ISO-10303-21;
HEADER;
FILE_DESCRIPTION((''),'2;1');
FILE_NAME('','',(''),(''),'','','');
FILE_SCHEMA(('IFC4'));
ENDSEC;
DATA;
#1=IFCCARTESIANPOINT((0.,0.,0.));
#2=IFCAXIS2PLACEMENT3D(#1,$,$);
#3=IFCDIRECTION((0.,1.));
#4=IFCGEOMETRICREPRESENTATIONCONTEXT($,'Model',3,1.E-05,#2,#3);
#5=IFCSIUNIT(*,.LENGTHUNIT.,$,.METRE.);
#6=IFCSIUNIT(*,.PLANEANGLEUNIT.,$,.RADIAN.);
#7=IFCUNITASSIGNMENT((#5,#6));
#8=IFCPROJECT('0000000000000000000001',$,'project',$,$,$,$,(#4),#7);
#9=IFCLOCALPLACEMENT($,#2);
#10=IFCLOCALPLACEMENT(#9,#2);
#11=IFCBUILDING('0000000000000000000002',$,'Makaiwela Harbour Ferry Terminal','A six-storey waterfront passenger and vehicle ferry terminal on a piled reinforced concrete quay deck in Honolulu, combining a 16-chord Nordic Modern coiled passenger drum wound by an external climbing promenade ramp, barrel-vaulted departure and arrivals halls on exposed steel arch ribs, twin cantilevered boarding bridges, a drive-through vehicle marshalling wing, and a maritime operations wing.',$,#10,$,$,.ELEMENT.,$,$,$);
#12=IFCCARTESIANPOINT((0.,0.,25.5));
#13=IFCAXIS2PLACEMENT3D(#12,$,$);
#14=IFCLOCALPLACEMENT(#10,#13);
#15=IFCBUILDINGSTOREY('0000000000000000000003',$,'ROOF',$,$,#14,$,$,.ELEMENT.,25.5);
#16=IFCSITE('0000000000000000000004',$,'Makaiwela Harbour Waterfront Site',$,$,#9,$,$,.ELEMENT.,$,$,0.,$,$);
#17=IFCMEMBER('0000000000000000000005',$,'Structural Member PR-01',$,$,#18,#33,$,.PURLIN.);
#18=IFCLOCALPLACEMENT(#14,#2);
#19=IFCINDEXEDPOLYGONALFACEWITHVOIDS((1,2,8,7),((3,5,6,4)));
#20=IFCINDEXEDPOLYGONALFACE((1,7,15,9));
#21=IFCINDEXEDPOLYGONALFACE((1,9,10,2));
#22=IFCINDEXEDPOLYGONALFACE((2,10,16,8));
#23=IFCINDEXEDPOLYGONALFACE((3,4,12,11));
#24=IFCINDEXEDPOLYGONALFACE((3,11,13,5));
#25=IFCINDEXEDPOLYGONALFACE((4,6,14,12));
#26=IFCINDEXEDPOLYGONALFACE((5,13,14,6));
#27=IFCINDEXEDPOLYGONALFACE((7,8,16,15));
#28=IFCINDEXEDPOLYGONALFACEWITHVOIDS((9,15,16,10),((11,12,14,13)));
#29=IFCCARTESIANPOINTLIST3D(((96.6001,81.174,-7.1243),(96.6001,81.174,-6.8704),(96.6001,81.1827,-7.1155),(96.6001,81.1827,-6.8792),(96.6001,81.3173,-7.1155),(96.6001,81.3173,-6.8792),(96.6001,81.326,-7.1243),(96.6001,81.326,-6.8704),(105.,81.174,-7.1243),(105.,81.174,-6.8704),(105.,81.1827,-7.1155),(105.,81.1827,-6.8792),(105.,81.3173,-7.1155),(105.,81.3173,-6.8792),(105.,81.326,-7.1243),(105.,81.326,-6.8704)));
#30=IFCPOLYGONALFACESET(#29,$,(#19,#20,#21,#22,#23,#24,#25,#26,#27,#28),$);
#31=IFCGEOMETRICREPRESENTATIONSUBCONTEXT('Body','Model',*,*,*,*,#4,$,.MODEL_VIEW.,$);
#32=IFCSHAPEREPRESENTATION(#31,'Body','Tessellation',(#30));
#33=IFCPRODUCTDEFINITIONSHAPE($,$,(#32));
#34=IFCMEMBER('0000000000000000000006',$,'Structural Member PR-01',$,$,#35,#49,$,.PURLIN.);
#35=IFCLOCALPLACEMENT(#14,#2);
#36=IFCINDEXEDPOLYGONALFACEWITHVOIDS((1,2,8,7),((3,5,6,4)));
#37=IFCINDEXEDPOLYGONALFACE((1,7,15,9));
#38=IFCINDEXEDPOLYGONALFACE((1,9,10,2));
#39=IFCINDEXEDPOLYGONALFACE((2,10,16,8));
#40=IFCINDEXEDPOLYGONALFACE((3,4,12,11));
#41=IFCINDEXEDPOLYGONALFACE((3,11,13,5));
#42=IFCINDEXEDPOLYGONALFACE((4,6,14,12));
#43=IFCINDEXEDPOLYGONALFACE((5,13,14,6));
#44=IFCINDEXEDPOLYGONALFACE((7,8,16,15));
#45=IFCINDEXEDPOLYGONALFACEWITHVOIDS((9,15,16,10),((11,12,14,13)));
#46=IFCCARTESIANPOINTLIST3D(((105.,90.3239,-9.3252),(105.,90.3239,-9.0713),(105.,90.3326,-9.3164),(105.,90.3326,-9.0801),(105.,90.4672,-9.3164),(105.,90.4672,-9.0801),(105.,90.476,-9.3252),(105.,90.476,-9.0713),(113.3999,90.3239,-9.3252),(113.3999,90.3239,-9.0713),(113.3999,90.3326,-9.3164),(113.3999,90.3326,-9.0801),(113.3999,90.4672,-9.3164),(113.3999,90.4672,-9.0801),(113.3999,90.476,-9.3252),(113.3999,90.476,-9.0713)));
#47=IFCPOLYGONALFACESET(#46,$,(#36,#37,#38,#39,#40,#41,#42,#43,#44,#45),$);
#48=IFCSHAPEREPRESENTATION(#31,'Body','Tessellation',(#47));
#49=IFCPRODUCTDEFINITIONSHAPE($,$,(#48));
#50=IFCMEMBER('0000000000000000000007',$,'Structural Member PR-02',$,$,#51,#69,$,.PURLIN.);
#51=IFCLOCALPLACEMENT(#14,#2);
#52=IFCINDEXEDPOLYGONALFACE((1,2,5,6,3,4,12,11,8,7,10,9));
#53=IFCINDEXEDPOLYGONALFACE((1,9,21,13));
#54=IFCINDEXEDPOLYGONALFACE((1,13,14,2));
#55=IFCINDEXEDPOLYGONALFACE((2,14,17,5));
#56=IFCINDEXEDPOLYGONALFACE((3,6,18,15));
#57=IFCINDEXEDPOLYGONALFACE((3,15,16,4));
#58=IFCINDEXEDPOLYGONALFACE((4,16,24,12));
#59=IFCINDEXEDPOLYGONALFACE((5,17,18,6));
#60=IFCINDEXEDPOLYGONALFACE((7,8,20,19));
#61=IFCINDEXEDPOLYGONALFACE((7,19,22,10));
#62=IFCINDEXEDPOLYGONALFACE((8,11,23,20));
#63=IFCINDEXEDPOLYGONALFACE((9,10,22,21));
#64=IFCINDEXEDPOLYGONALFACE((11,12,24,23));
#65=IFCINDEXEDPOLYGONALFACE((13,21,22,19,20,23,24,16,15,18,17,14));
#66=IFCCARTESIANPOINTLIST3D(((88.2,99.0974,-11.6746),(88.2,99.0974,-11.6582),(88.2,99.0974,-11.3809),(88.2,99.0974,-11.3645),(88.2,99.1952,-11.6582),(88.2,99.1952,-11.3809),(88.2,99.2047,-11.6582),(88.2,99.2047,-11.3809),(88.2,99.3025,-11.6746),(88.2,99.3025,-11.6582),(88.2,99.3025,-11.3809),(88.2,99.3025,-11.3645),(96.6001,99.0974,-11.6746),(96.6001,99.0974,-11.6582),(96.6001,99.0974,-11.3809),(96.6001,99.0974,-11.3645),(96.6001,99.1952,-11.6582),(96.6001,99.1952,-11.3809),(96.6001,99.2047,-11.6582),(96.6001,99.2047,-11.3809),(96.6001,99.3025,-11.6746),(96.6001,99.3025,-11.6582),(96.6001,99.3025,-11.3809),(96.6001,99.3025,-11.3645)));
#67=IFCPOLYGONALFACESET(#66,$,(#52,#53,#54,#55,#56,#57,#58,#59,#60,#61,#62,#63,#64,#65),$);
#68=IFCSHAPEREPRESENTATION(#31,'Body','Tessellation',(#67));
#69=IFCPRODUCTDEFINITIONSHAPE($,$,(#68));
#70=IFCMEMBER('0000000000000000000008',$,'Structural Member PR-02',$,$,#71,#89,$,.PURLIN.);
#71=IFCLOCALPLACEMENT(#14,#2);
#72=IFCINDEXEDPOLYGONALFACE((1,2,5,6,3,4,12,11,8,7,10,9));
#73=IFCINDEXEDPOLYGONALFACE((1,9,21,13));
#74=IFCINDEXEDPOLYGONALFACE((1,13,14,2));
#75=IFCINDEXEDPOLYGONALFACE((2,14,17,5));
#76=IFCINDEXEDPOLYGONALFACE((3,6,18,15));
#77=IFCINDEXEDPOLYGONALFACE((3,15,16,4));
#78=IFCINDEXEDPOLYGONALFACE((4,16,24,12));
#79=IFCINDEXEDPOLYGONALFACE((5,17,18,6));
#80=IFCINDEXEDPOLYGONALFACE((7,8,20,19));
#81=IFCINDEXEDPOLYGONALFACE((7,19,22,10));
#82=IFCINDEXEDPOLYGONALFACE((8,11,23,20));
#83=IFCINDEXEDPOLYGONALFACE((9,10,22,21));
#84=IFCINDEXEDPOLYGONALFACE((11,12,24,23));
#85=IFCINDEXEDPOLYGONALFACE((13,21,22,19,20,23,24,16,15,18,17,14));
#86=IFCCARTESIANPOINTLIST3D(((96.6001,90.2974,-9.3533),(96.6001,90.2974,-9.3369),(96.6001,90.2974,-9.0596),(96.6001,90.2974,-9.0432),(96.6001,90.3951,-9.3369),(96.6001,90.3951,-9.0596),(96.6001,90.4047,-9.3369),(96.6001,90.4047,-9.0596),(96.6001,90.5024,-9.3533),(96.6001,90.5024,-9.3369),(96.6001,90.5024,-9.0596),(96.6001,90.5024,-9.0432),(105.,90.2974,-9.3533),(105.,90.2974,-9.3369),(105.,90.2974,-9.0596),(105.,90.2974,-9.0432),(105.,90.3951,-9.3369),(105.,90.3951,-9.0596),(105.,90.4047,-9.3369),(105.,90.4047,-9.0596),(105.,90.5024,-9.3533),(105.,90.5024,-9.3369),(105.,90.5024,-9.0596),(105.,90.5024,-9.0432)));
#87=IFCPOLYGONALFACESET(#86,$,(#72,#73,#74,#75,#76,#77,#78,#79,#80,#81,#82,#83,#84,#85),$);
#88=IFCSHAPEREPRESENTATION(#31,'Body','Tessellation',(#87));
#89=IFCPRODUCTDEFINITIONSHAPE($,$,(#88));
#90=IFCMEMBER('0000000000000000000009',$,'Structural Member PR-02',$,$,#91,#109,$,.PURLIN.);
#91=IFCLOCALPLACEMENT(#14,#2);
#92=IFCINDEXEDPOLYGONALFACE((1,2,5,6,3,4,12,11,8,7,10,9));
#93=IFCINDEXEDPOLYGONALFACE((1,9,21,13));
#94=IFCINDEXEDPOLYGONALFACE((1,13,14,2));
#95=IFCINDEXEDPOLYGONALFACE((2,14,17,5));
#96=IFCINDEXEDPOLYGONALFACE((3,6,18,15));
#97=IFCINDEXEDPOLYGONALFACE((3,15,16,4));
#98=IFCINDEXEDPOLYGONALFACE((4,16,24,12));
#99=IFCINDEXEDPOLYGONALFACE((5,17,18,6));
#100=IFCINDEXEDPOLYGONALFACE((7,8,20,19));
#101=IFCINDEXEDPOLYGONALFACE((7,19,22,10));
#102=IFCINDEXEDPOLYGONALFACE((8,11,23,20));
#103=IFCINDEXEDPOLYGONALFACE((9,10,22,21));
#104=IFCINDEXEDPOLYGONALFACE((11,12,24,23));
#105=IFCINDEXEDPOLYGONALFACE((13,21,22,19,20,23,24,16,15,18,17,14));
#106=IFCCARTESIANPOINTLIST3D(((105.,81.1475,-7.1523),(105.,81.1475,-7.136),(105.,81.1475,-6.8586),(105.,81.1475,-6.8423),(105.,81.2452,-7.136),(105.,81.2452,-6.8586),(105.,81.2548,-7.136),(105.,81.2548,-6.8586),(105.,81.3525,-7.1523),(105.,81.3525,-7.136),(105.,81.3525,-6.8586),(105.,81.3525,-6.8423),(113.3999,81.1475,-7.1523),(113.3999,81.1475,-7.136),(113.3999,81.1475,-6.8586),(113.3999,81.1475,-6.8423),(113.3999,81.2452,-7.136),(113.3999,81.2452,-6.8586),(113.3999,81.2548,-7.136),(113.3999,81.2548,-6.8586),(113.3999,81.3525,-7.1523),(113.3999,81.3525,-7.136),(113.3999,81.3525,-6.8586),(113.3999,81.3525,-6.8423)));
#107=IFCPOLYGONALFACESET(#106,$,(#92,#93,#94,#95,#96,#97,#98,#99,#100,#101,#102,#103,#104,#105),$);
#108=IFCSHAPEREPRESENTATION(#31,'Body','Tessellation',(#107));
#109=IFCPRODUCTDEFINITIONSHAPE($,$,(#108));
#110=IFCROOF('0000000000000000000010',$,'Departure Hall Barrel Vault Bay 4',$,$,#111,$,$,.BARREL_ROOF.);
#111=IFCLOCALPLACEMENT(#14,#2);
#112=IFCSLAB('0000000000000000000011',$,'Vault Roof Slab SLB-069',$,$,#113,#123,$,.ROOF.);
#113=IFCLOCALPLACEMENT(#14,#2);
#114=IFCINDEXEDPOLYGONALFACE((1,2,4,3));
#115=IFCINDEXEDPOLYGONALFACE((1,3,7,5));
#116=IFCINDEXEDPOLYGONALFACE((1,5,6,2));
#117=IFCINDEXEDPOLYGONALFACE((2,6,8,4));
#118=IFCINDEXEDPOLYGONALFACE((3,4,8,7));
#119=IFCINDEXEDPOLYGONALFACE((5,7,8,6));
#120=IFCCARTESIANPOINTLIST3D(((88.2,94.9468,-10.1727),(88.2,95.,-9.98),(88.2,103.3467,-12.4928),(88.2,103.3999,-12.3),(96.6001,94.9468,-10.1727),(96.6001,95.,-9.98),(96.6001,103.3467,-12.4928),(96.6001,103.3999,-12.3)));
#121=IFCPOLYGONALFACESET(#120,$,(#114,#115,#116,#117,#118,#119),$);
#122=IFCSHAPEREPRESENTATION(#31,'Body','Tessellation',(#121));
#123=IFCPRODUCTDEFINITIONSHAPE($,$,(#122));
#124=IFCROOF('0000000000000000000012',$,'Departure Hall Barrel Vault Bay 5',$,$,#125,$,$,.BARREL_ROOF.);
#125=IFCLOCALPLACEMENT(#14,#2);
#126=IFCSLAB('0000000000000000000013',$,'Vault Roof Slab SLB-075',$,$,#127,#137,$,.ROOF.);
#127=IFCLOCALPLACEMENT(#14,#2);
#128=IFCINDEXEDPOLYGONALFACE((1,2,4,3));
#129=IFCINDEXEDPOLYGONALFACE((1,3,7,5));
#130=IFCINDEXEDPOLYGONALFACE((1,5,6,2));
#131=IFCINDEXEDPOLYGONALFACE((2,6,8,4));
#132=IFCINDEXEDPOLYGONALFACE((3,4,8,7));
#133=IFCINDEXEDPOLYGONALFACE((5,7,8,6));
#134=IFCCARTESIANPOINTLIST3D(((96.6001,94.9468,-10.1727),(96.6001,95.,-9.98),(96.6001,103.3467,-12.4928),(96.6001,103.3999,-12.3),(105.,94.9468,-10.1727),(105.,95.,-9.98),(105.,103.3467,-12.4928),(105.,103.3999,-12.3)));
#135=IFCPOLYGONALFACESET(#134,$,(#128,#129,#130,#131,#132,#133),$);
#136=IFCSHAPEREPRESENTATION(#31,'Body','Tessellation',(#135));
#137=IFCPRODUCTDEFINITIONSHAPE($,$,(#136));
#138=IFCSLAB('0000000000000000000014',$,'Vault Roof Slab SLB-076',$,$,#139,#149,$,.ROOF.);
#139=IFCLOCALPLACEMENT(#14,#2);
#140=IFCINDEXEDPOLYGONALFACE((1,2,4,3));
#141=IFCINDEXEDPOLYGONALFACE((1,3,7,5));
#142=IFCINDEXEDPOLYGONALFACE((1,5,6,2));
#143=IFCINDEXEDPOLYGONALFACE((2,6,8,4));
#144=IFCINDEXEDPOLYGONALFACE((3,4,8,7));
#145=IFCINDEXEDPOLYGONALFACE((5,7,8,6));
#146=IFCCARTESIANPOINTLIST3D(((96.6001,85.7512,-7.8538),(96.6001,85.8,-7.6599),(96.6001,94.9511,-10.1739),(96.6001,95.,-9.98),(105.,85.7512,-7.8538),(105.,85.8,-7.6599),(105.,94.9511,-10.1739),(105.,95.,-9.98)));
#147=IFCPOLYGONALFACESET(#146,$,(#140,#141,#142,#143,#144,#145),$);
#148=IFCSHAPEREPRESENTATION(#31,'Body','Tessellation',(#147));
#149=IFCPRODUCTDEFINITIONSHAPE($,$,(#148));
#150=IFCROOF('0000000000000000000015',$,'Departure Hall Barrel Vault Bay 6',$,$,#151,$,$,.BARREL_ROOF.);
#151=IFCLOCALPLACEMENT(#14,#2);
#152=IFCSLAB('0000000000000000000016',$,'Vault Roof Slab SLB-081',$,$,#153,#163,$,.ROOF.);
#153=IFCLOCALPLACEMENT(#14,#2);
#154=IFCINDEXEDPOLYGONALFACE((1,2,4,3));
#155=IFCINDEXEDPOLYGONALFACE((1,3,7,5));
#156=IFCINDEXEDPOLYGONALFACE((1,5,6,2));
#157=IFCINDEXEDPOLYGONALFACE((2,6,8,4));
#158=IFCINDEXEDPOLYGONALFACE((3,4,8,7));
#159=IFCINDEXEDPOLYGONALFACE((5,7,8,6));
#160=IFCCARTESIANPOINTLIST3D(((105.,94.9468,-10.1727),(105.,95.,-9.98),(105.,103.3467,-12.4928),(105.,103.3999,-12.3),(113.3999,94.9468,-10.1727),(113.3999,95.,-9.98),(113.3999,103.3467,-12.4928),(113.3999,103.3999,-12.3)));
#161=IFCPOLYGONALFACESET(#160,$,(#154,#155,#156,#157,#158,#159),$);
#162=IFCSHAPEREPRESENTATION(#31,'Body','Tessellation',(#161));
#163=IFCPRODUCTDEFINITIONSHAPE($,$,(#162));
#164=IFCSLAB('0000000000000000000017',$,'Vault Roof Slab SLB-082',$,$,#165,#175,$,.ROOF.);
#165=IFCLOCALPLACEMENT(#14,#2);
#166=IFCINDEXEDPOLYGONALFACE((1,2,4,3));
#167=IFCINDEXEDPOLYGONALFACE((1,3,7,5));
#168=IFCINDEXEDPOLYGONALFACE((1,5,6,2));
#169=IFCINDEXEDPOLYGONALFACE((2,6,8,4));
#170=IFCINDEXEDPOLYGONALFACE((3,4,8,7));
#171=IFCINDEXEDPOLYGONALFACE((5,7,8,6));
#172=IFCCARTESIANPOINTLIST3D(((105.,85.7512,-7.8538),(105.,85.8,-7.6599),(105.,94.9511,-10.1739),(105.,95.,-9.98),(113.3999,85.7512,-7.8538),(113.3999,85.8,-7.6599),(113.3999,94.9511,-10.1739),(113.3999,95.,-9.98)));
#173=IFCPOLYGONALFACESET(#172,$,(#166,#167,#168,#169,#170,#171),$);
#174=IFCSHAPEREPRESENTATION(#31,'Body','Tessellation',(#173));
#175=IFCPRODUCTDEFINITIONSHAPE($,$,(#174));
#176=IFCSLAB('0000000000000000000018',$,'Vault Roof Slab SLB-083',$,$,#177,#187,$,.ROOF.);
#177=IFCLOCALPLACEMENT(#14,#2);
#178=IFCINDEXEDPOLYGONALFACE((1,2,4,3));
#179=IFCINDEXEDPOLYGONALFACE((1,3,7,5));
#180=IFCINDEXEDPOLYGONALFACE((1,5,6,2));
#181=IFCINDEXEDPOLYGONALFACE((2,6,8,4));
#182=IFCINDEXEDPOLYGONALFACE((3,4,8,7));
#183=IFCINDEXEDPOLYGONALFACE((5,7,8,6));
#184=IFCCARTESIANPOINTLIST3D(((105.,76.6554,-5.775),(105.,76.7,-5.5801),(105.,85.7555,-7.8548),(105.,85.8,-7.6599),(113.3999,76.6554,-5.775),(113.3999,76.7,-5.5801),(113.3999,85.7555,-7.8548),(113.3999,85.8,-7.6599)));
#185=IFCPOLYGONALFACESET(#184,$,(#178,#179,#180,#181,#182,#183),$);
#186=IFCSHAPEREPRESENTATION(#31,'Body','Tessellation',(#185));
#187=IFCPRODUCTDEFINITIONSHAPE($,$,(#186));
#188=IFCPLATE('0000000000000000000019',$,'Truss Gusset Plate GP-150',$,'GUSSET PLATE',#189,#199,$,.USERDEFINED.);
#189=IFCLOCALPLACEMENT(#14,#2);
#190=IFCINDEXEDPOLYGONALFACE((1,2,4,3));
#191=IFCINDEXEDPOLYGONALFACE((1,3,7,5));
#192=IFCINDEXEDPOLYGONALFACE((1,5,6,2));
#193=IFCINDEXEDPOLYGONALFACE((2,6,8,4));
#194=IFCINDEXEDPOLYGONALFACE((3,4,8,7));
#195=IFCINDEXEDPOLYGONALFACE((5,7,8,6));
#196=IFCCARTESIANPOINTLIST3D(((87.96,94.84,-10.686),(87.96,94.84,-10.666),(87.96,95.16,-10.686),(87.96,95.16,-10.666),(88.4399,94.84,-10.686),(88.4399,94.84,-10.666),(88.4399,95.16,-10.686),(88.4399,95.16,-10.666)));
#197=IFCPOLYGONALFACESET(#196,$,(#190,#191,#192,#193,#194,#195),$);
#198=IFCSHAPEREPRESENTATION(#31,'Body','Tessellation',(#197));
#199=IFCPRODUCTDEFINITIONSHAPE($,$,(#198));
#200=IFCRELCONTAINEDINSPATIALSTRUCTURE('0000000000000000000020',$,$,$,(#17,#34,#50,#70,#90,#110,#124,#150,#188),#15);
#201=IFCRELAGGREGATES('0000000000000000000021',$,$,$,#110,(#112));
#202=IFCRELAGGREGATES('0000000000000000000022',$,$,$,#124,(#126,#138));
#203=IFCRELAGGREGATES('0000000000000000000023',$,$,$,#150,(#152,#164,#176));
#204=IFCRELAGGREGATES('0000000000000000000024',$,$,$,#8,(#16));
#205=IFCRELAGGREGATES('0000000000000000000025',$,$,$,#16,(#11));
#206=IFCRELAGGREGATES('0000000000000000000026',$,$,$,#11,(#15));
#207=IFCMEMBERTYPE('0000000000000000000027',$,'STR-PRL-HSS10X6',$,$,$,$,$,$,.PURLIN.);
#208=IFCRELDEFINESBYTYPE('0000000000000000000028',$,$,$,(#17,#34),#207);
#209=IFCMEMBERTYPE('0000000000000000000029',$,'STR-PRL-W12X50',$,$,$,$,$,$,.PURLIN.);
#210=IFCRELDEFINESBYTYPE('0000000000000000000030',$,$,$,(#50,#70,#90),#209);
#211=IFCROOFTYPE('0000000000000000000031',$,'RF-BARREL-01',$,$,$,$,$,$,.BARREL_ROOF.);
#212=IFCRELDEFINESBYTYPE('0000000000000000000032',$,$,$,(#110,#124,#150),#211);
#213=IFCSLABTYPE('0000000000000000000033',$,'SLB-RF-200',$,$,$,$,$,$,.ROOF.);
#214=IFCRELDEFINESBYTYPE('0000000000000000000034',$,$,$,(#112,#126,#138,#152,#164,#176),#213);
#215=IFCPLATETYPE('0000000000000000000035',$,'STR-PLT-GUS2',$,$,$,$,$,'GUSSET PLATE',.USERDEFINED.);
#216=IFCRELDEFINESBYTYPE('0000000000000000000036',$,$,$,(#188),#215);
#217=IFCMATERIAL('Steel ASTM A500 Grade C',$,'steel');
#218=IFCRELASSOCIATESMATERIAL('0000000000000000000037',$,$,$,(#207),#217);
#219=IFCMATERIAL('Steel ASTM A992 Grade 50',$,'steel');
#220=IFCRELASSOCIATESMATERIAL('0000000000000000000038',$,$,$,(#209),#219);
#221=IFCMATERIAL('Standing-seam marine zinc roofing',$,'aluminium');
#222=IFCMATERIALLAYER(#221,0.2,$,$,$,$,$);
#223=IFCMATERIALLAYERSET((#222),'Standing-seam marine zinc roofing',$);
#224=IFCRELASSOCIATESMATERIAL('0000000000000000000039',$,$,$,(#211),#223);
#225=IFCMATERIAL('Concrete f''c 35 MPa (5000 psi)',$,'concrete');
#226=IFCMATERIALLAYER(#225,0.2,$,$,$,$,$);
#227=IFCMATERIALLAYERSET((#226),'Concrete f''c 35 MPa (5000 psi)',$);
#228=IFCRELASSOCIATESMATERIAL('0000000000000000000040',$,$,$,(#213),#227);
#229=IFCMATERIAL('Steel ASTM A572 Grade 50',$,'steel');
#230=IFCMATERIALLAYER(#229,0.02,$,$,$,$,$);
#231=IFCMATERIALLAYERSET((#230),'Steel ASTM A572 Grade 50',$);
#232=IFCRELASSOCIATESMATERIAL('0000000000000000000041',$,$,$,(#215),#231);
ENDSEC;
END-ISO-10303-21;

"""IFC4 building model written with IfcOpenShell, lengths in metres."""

from ifc_helpers import new_model, si_unit, direction, frame, origin, origin_2d, place, context, subcontext, project, spatial, polyline, rectangle, hollow_rectangle, i_section, outline, extrude, material, layer, layer_set, material_profile, profile_set, type_object, element, aggregate, save


model = new_model("IFC4")

# Units and contexts
model_context = context("Model", 3, precision=1e-05, world=origin(), true_north=direction((0.0, 1.0)))
body_context = subcontext(model_context, "Body", "Model", "MODEL_VIEW")
ifc_project = project(units=[si_unit("LENGTHUNIT", "METRE"), si_unit("PLANEANGLEUNIT", "RADIAN")], contexts=[model_context])

# Site, building, storey
site_placement = place(None, origin())
site = spatial("IfcSite", under=ifc_project, at=site_placement, Name="Makaiwela Harbour Waterfront Site", CompositionType="ELEMENT", RefElevation=0.0)
building_placement = place(site_placement, origin())
building = spatial("IfcBuilding", under=site, at=building_placement, Name="Makaiwela Harbour Ferry Terminal", Description="A six-storey waterfront passenger and vehicle ferry terminal on a piled reinforced concrete quay deck in Honolulu, combining a 16-chord Nordic Modern coiled passenger drum wound by an external climbing promenade ramp, barrel-vaulted departure and arrivals halls on exposed steel arch ribs, twin cantilevered boarding bridges, a drive-through vehicle marshalling wing, and a maritime operations wing.", CompositionType="ELEMENT")
storey_placement = place(building_placement, frame((0.0, 0.0, 25.5)))
storey = spatial("IfcBuildingStorey", under=building, at=storey_placement, Name="ROOF", CompositionType="ELEMENT", Elevation=25.5)

# Shared definitions
ifc_material_1 = material(Name="Steel ASTM A992 Grade 50", Category="steel")

# Members
ifc_material_2 = material(Name="Steel ASTM A500 Grade C", Category="steel")
ifc_material_profile_1 = material_profile(ifc_material_2, hollow_rectangle(XDim=0.1521, YDim=0.2539, WallThickness=0.0088, at=origin_2d()), Name="HSS10X6X3/8")
ifc_profile_set_1 = profile_set([ifc_material_profile_1], Name="Steel ASTM A500 Grade C")
member_type_1 = type_object("IfcMemberType", Name="STR-PRL-HSS10X6", PredefinedType="PURLIN", material=ifc_profile_set_1)
for number, where, z_axis, x_axis, name in (
    (1, (96.6001, 81.25, -6.9973), (1.0, 0.0, 0.0), (0.0, 1.0, 0.0), "Structural Member PR-01"),
    (2, (105.0, 90.3999, -9.1982), (1.0, 0.0, 0.0), (0.0, 1.0, 0.0), "Structural Member PR-01"),
):
    element("IfcMember", number, at=place(storey_placement, frame(where, z_axis=z_axis, x_axis=x_axis)), inside=storey, type_object=member_type_1, Name=name, PredefinedType="PURLIN", context=body_context, shape_type="SweptSolid", body=[
        extrude(hollow_rectangle(XDim=0.1521, YDim=0.2539, WallThickness=0.0088, at=origin_2d()), origin(), (0.0, 0.0, 1.0), 8.3999),
    ])
ifc_material_profile_2 = material_profile(ifc_material_1, i_section(OverallWidth=0.2051, OverallDepth=0.3101, WebThickness=0.0095, FlangeThickness=0.0164, at=origin_2d()), Name="W12X50")
ifc_profile_set_2 = profile_set([ifc_material_profile_2], Name="Steel ASTM A992 Grade 50")
member_type_2 = type_object("IfcMemberType", Name="STR-PRL-W12X50", PredefinedType="PURLIN", material=ifc_profile_set_2)
member_1_placement = place(storey_placement, frame((88.2, 99.2, -11.5195), z_axis=(1.0, 0.0, 0.0), x_axis=(0.0, 1.0, 0.0)))
element("IfcMember", 3, at=member_1_placement, inside=storey, type_object=member_type_2, Name="Structural Member PR-02", PredefinedType="PURLIN", context=body_context, shape_type="SweptSolid", body=[
    extrude(i_section(OverallWidth=0.2051, OverallDepth=0.3101, WebThickness=0.0095, FlangeThickness=0.0164, at=origin_2d()), origin(), (0.0, 0.0, 1.0), 8.4001),
])
for number, where, z_axis, x_axis, name in (
    (4, (96.6001, 90.3999, -9.1982), (1.0, 0.0, 0.0), (0.0, 1.0, 0.0), "Structural Member PR-02"),
    (5, (105.0, 81.25, -6.9973), (1.0, 0.0, 0.0), (0.0, 1.0, 0.0), "Structural Member PR-02"),
):
    element("IfcMember", number, at=place(storey_placement, frame(where, z_axis=z_axis, x_axis=x_axis)), inside=storey, type_object=member_type_2, Name=name, PredefinedType="PURLIN", context=body_context, shape_type="SweptSolid", body=[
        extrude(i_section(OverallWidth=0.2051, OverallDepth=0.3101, WebThickness=0.0095, FlangeThickness=0.0164, at=origin_2d()), origin(), (0.0, 0.0, 1.0), 8.3999),
    ])

# Roof, slab
ifc_material_3 = material(Name="Standing-seam marine zinc roofing", Category="aluminium")
ifc_layer_1 = layer(ifc_material_3, 0.2)
ifc_layer_set_1 = layer_set([ifc_layer_1], Name="Standing-seam marine zinc roofing")
roof_type = type_object("IfcRoofType", Name="RF-BARREL-01", PredefinedType="BARREL_ROOF", material=ifc_layer_set_1)
roof_1_placement = place(storey_placement, origin())
roof_1 = element("IfcRoof", 6, at=roof_1_placement, inside=storey, type_object=roof_type, Name="Departure Hall Barrel Vault Bay 4", PredefinedType="BARREL_ROOF")
ifc_material_4 = material(Name="Concrete f'c 35 MPa (5000 psi)", Category="concrete")
ifc_layer_2 = layer(ifc_material_4, 0.2)
ifc_layer_set_2 = layer_set([ifc_layer_2], Name="Concrete f'c 35 MPa (5000 psi)")
slab_type = type_object("IfcSlabType", Name="SLB-RF-200", PredefinedType="ROOF", material=ifc_layer_set_2)
slab_1_placement = place(storey_placement, frame((88.2, 95.0, -9.98), z_axis=(0.0, 0.266233, 0.963909), x_axis=(1.0, 0.0, 0.0)))
slab_1 = element("IfcSlab", 7, at=slab_1_placement, type_object=slab_type, Name="Vault Roof Slab SLB-069", PredefinedType="ROOF", context=body_context, shape_type="SweptSolid", body=[
    extrude(outline(polyline([(0.0, 0.0), (8.4001, 0.0), (8.4001, 8.7144), (0.0, 8.7144), (0.0, 0.0)])), origin(), (0.0, 0.0, -1.0), 0.2),
])

# Roofs, slabs
roof_2_placement = place(storey_placement, origin())
roof_2 = element("IfcRoof", 8, at=roof_2_placement, inside=storey, type_object=roof_type, Name="Departure Hall Barrel Vault Bay 5", PredefinedType="BARREL_ROOF")
slab_2_placement = place(storey_placement, frame((96.6001, 95.0, -9.98), z_axis=(0.0, 0.266233, 0.963909), x_axis=(1.0, 0.0, 0.0)))
slab_2 = element("IfcSlab", 9, at=slab_2_placement, type_object=slab_type, Name="Vault Roof Slab SLB-075", PredefinedType="ROOF", context=body_context, shape_type="SweptSolid", body=[
    extrude(outline(polyline([(0.0, 0.0), (8.3999, 0.0), (8.3999, 8.7144), (0.0, 8.7144), (0.0, 0.0)])), origin(), (0.0, 0.0, -1.0), 0.2),
])
slab_3_placement = place(storey_placement, frame((96.6001, 85.8, -7.6599), z_axis=(0.0, 0.244527, 0.969642), x_axis=(1.0, 0.0, 0.0)))
slab_3 = element("IfcSlab", 10, at=slab_3_placement, type_object=slab_type, Name="Vault Roof Slab SLB-076", PredefinedType="ROOF", context=body_context, shape_type="SweptSolid", body=[
    extrude(outline(polyline([(0.0, 0.0), (8.3999, 0.0), (8.3999, 9.488), (0.0, 9.488), (0.0, 0.0)])), origin(), (0.0, 0.0, -1.0), 0.2),
])
roof_3_placement = place(storey_placement, origin())
roof_3 = element("IfcRoof", 11, at=roof_3_placement, inside=storey, type_object=roof_type, Name="Departure Hall Barrel Vault Bay 6", PredefinedType="BARREL_ROOF")
slab_4_placement = place(storey_placement, frame((105.0, 95.0, -9.98), z_axis=(0.0, 0.266233, 0.963909), x_axis=(1.0, 0.0, 0.0)))
slab_4 = element("IfcSlab", 12, at=slab_4_placement, type_object=slab_type, Name="Vault Roof Slab SLB-081", PredefinedType="ROOF", context=body_context, shape_type="SweptSolid", body=[
    extrude(outline(polyline([(0.0, 0.0), (8.3999, 0.0), (8.3999, 8.7144), (0.0, 8.7144), (0.0, 0.0)])), origin(), (0.0, 0.0, -1.0), 0.2),
])
slab_5_placement = place(storey_placement, frame((105.0, 85.8, -7.6599), z_axis=(0.0, 0.244527, 0.969642), x_axis=(1.0, 0.0, 0.0)))
slab_5 = element("IfcSlab", 13, at=slab_5_placement, type_object=slab_type, Name="Vault Roof Slab SLB-082", PredefinedType="ROOF", context=body_context, shape_type="SweptSolid", body=[
    extrude(outline(polyline([(0.0, 0.0), (8.3999, 0.0), (8.3999, 9.488), (0.0, 9.488), (0.0, 0.0)])), origin(), (0.0, 0.0, -1.0), 0.2),
])
slab_6_placement = place(storey_placement, frame((105.0, 76.7, -5.5801), z_axis=(0.0, 0.222806, 0.974863), x_axis=(1.0, 0.0, 0.0)))
slab_6 = element("IfcSlab", 14, at=slab_6_placement, type_object=slab_type, Name="Vault Roof Slab SLB-083", PredefinedType="ROOF", context=body_context, shape_type="SweptSolid", body=[
    extrude(outline(polyline([(0.0, 0.0), (8.3999, 0.0), (8.3999, 9.3347), (0.0, 9.3347), (0.0, 0.0)])), origin(), (0.0, 0.0, -1.0), 0.2),
])

# Plate
ifc_material_5 = material(Name="Steel ASTM A572 Grade 50", Category="steel")
ifc_layer_3 = layer(ifc_material_5, 0.02)
ifc_layer_set_3 = layer_set([ifc_layer_3], Name="Steel ASTM A572 Grade 50")
plate_type = type_object("IfcPlateType", Name="STR-PLT-GUS2", ElementType="GUSSET PLATE", PredefinedType="USERDEFINED", material=ifc_layer_set_3)
plate_placement = place(storey_placement, frame((88.2, 95.0, -10.686), z_axis=(0.0, 0.0, 1.0), x_axis=(1.0, 0.0, 0.0)))
element("IfcPlate", 15, at=plate_placement, inside=storey, type_object=plate_type, Name="Truss Gusset Plate GP-150", ObjectType="GUSSET PLATE", PredefinedType="USERDEFINED", context=body_context, shape_type="SweptSolid", body=[
    extrude(rectangle(XDim=0.48, YDim=0.3201, at=origin_2d()), origin(), (0.0, 0.0, 1.0), 0.02),
])

aggregate(roof_1, [slab_1])
aggregate(roof_2, [slab_2, slab_3])
aggregate(roof_3, [slab_4, slab_5, slab_6])

save(model, "model.ifc")
